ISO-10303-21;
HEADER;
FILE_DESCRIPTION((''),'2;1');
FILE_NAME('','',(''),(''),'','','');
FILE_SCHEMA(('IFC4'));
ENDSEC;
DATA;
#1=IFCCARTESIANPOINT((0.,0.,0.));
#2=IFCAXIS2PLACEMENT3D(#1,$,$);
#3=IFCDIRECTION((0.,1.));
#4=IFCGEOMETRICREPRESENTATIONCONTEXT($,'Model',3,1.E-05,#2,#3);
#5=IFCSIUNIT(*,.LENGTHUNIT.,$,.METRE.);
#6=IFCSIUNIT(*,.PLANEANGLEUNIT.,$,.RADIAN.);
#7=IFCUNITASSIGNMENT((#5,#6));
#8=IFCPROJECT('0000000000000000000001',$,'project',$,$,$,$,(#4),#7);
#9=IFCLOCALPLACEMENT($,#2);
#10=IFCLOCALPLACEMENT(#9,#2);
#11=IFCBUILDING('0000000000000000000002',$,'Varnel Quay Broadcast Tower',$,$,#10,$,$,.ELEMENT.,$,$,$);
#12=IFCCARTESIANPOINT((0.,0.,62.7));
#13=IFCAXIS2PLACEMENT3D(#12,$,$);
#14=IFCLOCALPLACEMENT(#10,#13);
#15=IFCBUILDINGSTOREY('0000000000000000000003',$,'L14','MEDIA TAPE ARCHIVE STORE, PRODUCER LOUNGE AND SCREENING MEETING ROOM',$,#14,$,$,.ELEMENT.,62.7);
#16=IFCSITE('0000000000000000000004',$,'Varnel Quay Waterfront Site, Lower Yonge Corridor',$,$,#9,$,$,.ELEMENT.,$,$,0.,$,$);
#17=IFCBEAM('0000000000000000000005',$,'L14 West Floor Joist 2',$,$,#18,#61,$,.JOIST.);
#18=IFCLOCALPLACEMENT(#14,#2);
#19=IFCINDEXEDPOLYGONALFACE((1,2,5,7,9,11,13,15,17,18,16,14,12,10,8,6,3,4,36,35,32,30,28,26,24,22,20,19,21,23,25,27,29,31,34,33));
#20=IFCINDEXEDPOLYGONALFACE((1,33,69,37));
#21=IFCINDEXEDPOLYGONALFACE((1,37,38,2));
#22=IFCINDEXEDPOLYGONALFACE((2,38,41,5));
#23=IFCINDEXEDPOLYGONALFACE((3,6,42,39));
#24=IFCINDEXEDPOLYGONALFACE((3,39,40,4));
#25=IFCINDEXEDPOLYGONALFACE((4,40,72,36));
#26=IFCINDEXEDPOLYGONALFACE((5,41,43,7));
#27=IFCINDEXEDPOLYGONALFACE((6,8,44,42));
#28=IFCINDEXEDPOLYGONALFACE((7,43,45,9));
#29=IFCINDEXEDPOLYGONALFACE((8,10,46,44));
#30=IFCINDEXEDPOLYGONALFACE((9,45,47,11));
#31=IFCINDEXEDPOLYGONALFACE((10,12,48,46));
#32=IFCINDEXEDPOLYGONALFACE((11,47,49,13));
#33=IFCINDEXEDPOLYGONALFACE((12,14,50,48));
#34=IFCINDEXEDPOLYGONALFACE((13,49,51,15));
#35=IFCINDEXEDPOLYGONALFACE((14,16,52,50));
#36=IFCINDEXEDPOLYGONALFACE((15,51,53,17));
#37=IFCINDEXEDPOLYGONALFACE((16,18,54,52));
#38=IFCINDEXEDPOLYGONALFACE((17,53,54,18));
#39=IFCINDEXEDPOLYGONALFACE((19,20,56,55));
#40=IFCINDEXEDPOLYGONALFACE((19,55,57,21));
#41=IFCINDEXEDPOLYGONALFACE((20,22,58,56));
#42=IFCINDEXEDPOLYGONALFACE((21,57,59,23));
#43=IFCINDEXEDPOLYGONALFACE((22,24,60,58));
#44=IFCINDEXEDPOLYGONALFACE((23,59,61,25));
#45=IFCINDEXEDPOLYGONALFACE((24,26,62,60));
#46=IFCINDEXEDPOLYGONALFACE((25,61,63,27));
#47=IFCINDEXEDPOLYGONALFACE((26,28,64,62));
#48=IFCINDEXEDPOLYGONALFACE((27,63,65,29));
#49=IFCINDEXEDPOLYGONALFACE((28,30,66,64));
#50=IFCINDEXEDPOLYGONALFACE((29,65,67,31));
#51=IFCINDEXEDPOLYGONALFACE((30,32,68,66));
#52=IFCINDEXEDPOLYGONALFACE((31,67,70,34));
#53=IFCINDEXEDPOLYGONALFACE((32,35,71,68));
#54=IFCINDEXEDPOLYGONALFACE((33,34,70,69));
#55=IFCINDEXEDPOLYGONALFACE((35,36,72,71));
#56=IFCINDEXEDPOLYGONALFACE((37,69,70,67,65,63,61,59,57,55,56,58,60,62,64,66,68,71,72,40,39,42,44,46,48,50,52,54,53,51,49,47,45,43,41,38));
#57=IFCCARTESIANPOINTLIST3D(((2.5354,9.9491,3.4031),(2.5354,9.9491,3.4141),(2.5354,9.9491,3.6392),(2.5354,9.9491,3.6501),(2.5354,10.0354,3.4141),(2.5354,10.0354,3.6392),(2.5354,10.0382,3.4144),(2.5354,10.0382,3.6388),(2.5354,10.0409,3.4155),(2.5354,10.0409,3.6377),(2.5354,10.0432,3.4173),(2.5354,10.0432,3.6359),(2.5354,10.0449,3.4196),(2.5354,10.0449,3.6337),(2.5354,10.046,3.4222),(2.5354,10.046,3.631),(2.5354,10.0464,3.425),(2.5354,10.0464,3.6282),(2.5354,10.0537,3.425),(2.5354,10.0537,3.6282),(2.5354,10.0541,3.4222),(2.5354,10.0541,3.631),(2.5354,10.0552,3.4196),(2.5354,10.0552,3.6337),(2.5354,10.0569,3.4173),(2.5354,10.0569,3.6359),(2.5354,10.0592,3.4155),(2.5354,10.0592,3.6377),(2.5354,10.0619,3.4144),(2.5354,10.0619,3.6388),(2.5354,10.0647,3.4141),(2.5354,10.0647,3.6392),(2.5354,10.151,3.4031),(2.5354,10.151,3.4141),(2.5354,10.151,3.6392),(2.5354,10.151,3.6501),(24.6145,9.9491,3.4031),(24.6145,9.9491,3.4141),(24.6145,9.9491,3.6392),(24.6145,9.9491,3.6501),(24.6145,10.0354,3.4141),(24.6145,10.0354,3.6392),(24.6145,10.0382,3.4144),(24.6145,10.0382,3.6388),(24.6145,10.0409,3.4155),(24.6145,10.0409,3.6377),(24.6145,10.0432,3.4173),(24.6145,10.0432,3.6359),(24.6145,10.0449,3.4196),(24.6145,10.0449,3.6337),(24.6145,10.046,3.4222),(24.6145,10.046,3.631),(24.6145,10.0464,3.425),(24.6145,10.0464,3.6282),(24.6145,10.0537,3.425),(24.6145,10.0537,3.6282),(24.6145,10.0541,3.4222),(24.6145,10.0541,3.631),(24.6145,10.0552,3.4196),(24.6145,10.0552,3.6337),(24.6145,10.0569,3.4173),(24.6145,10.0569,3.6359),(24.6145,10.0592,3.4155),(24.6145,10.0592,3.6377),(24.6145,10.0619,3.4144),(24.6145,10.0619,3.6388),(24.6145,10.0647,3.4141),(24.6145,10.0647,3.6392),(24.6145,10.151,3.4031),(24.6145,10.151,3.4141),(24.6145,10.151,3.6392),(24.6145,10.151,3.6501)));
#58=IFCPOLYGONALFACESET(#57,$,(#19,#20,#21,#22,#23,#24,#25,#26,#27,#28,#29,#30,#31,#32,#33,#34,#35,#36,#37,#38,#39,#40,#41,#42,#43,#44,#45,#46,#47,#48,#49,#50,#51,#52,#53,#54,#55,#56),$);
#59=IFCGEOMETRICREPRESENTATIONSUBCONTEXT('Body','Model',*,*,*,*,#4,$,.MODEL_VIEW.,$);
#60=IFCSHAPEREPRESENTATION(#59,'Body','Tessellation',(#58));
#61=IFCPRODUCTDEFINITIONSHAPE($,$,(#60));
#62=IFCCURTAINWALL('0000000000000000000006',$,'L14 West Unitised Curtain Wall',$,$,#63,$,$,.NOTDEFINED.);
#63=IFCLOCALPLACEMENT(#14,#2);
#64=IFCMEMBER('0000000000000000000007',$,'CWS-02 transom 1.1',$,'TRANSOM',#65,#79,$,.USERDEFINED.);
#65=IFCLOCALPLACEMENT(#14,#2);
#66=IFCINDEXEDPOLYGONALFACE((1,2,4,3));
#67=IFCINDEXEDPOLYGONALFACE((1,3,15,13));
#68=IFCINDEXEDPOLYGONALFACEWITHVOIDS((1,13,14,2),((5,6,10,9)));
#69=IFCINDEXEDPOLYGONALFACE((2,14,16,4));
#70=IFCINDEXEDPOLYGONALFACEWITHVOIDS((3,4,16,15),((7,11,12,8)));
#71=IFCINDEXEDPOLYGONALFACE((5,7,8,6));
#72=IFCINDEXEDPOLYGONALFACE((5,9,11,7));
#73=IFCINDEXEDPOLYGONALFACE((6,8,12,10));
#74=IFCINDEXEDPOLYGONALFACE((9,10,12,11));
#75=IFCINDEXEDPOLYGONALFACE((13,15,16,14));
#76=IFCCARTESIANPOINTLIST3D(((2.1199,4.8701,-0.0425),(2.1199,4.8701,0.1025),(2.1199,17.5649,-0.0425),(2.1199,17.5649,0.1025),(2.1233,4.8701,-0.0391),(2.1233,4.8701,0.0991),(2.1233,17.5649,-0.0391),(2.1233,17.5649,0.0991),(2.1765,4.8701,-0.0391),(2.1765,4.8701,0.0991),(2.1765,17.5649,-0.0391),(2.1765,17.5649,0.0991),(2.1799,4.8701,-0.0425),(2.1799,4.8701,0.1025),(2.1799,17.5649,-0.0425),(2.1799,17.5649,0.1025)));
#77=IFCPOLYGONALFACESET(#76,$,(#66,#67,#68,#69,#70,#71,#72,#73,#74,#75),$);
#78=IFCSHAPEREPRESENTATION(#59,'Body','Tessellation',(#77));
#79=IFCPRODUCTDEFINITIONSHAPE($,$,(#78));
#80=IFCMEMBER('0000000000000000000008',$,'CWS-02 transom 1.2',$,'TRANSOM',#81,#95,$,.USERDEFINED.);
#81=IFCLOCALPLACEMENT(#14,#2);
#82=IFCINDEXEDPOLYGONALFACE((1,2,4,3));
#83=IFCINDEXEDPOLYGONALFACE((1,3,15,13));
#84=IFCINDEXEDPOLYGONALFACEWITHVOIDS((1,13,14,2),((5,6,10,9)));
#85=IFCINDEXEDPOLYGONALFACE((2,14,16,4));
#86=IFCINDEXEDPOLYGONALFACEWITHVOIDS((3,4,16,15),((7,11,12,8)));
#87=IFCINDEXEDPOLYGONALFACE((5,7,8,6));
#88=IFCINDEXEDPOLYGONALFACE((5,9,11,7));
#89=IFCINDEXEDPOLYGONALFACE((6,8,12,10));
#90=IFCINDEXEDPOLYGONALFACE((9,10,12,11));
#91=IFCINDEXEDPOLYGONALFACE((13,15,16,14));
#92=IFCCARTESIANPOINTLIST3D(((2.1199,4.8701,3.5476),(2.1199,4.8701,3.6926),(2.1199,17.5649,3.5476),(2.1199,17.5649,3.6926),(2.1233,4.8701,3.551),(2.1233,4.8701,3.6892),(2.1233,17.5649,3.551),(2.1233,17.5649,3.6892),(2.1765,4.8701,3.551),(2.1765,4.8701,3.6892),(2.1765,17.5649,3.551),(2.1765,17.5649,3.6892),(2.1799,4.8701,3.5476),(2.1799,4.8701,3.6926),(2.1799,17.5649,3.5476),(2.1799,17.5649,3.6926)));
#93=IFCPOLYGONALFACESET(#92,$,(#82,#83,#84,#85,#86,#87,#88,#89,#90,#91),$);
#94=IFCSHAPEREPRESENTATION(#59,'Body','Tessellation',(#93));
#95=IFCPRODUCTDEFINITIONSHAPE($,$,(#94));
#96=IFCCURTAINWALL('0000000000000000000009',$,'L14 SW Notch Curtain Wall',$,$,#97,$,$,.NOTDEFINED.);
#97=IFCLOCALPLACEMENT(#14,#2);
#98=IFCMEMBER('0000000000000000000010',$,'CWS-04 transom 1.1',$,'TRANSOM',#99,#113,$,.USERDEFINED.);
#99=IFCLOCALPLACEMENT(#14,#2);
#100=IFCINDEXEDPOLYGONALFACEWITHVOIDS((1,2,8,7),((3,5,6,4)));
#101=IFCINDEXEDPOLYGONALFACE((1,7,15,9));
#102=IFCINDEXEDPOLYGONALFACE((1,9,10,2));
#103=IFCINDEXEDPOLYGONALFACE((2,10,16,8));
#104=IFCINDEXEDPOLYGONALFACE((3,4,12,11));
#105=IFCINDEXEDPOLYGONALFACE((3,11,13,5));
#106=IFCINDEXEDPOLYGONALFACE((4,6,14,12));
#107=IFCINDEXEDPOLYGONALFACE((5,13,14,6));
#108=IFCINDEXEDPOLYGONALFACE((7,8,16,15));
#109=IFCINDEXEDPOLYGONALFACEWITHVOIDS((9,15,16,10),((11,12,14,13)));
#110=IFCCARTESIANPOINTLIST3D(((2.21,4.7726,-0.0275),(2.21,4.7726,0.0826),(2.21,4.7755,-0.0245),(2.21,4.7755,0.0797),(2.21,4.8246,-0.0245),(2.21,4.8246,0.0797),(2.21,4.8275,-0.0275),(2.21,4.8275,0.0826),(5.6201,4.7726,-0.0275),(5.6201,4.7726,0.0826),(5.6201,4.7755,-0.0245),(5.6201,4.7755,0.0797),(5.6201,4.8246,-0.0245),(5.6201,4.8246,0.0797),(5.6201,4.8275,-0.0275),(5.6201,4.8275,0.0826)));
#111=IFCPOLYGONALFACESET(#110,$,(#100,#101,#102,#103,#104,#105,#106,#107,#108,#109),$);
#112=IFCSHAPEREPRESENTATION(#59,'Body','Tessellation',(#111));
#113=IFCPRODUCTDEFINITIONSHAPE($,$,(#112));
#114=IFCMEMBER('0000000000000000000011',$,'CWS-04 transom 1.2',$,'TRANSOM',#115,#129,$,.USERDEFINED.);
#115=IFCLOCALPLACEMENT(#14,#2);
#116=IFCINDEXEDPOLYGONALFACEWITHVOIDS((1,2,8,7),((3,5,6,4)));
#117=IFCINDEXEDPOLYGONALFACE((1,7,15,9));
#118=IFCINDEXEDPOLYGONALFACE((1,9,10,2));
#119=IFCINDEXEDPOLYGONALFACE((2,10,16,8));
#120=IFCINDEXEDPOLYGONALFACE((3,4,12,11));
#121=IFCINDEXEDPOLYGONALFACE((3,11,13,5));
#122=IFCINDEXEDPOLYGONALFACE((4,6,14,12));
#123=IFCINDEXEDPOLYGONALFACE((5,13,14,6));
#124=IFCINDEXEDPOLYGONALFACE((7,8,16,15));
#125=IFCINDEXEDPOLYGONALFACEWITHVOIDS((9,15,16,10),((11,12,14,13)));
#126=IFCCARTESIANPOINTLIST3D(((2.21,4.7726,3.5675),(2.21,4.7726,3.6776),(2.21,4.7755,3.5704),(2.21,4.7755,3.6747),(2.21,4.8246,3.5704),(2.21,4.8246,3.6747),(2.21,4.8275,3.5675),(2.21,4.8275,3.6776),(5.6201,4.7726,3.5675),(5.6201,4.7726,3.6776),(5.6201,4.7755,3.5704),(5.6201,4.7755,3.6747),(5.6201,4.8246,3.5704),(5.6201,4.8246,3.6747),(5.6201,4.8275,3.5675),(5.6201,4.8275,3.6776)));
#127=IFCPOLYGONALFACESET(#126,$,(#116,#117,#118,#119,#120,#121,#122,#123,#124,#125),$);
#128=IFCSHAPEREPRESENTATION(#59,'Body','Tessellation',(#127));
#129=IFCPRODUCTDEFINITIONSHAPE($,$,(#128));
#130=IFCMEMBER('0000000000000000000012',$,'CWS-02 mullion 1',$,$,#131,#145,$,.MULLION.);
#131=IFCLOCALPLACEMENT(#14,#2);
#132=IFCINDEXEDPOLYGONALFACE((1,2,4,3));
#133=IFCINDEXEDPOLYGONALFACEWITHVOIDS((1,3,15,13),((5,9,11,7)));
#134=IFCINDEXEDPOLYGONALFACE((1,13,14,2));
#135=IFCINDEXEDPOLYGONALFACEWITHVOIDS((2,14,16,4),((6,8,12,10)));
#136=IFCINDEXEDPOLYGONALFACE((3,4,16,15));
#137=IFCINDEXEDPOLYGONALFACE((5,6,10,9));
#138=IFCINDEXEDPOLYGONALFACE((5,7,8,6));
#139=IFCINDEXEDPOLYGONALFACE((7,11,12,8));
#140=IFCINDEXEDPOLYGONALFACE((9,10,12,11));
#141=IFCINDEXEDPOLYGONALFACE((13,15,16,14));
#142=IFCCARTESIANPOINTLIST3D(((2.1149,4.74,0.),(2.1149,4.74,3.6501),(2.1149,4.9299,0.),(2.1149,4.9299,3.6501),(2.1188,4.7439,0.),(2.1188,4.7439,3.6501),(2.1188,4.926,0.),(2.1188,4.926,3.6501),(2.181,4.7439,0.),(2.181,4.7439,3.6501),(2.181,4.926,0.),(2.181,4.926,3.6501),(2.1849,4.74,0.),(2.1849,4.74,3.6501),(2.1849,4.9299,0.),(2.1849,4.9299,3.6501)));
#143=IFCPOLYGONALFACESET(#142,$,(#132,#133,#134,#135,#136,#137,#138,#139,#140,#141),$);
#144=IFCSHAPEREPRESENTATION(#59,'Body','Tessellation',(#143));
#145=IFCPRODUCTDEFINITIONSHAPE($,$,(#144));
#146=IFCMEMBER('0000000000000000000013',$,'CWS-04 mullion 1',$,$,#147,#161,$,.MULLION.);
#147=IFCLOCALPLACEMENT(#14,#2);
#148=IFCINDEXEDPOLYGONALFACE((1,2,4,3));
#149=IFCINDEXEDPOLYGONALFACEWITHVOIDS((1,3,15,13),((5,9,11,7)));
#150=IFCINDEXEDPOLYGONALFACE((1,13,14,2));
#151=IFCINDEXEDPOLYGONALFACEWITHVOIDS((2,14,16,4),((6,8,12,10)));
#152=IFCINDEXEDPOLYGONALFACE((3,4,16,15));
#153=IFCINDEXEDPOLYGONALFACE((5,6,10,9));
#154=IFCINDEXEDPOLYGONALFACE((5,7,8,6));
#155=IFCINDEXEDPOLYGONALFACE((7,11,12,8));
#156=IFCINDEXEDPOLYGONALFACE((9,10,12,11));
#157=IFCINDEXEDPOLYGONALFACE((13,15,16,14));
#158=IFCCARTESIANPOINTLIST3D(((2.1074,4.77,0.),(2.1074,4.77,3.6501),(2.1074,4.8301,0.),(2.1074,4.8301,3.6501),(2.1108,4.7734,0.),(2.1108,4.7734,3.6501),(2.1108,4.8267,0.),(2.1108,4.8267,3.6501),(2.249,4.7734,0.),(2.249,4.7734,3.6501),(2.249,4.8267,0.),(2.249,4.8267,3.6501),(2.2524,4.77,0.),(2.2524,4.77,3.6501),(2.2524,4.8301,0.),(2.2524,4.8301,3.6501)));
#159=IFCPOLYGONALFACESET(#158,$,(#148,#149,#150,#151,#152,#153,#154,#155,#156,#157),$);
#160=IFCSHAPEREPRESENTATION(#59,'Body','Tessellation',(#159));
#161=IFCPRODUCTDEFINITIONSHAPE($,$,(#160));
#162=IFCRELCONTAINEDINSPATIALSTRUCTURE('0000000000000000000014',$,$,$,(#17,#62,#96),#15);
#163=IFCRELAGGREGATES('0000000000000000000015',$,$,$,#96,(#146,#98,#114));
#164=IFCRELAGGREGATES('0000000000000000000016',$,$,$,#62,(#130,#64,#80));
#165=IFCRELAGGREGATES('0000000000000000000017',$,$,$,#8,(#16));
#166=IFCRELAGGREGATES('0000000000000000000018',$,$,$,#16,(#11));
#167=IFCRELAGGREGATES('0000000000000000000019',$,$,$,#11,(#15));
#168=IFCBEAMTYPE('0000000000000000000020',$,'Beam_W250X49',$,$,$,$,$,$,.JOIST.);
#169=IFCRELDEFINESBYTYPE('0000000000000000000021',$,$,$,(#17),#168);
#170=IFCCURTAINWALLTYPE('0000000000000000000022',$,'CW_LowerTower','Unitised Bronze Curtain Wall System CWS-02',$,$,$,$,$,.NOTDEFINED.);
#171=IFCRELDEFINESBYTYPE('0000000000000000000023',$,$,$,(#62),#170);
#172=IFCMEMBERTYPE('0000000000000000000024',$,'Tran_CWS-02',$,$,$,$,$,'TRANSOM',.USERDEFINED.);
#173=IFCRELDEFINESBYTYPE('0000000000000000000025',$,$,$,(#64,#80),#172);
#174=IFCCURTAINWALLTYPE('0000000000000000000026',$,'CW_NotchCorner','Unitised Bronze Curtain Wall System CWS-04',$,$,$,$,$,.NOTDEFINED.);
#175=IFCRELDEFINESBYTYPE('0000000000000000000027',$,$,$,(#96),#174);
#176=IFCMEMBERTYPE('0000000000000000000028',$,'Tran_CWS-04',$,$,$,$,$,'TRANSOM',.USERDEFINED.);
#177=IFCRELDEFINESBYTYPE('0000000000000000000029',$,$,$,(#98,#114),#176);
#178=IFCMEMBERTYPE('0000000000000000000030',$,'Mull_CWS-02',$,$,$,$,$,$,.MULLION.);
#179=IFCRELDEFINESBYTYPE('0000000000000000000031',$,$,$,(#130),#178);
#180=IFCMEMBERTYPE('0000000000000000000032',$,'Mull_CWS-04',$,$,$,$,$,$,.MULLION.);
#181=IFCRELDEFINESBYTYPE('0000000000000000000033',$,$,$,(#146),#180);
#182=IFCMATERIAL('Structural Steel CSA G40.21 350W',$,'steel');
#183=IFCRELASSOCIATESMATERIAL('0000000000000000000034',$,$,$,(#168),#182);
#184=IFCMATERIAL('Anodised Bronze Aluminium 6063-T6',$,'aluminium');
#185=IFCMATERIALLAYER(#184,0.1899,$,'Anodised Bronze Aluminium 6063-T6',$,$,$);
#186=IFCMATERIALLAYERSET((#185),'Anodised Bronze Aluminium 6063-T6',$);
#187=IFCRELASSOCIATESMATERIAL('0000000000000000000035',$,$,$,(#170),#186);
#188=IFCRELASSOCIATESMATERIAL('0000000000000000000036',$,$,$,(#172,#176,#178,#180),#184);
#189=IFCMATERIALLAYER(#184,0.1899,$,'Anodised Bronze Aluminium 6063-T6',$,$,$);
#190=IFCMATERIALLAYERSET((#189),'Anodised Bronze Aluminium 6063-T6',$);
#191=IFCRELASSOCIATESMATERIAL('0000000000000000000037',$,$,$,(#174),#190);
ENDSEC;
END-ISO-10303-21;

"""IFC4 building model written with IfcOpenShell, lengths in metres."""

from ifc_helpers import new_model, si_unit, direction, frame, origin, origin_2d, place, context, subcontext, project, spatial, hollow_rectangle, i_section, extrude, source, transform, mapped, material, layer, layer_set, material_profile, profile_set, type_object, type_shapes, element, aggregate, save


model = new_model("IFC4")

# Units and contexts
model_context = context("Model", 3, precision=1e-05, world=origin(), true_north=direction((0.0, 1.0)))
body_context = subcontext(model_context, "Body", "Model", "MODEL_VIEW")
ifc_project = project(units=[si_unit("LENGTHUNIT", "METRE"), si_unit("PLANEANGLEUNIT", "RADIAN")], contexts=[model_context])

# Site, building, storey
site_placement = place(None, origin())
site = spatial("IfcSite", under=ifc_project, at=site_placement, Name="Varnel Quay Waterfront Site, Lower Yonge Corridor", CompositionType="ELEMENT", RefElevation=0.0)
building_placement = place(site_placement, origin())
building = spatial("IfcBuilding", under=site, at=building_placement, Name="Varnel Quay Broadcast Tower", CompositionType="ELEMENT")
storey_placement = place(building_placement, frame((0.0, 0.0, 62.7)))
storey = spatial("IfcBuildingStorey", under=building, at=storey_placement, Name="L14", Description="MEDIA TAPE ARCHIVE STORE, PRODUCER LOUNGE AND SCREENING MEETING ROOM", CompositionType="ELEMENT", Elevation=62.7)

# Shared definitions
ifc_material_1 = material(Name="Structural Steel CSA G40.21 350W", Category="steel")

# Beam
ifc_material_profile_1 = material_profile(ifc_material_1, i_section(OverallWidth=0.2019, OverallDepth=0.2471, WebThickness=0.0073, FlangeThickness=0.011, FilletRadius=0.011, at=origin_2d()), Name="W250X49")
ifc_profile_set_1 = profile_set([ifc_material_profile_1], Name="Structural Steel CSA G40.21 350W")
beam_type_1 = type_object("IfcBeamType", Name="Beam_W250X49", PredefinedType="JOIST", material=ifc_profile_set_1)
shared_shape_1 = source(origin(), body_context, "Body", "SweptSolid", [
    extrude(i_section(OverallWidth=0.2019, OverallDepth=0.2471, WebThickness=0.0073, FlangeThickness=0.011, FilletRadius=0.011, at=origin_2d()), origin(), (0.0, 0.0, 1.0), 22.0791),
])
type_shapes(beam_type_1, [shared_shape_1])
beam_1_placement = place(storey_placement, frame((2.5354, 10.05, 3.5266), z_axis=(1.0, 0.0, 0.0), x_axis=(0.0, 1.0, 0.0)))
element("IfcBeam", 1, at=beam_1_placement, inside=storey, type_object=beam_type_1, Name="L14 West Floor Joist 2", PredefinedType="JOIST", context=body_context, shape_type="MappedRepresentation", body=[
    mapped(shared_shape_1, transform((0.0, 0.0, 0.0), x_axis=(1.0, 0.0, 0.0), y_axis=(0.0, 1.0, 0.0), z_axis=(0.0, 0.0, 1.0), scale=1.0)),
])

# Curtain walls, members
ifc_material_2 = material(Name="Anodised Bronze Aluminium 6063-T6", Category="aluminium")
ifc_layer_1 = layer(ifc_material_2, 0.1899, Name="Anodised Bronze Aluminium 6063-T6")
ifc_layer_set_1 = layer_set([ifc_layer_1], Name="Anodised Bronze Aluminium 6063-T6")
curtain_wall_type_1 = type_object("IfcCurtainWallType", Name="CW_LowerTower", Description="Unitised Bronze Curtain Wall System CWS-02", PredefinedType="NOTDEFINED", material=ifc_layer_set_1)
curtain_wall_1_placement = place(storey_placement, origin())
curtain_wall_1 = element("IfcCurtainWall", 2, at=curtain_wall_1_placement, inside=storey, type_object=curtain_wall_type_1, Name="L14 West Unitised Curtain Wall", PredefinedType="NOTDEFINED")
ifc_material_profile_2 = material_profile(ifc_material_2, hollow_rectangle(XDim=0.0601, YDim=0.145, WallThickness=0.0034, at=origin_2d()), Name="ALU60X145X3.5")
ifc_profile_set_2 = profile_set([ifc_material_profile_2], Name="Anodised Bronze Aluminium 6063-T6")
member_type_1 = type_object("IfcMemberType", Name="Tran_CWS-02", ElementType="TRANSOM", PredefinedType="USERDEFINED", material=ifc_profile_set_2)
shared_shape_2 = source(origin(), body_context, "Body", "SweptSolid", [
    extrude(hollow_rectangle(XDim=0.0601, YDim=0.145, WallThickness=0.0034, at=origin_2d()), origin(), (0.0, 0.0, 1.0), 12.6948),
])
type_shapes(member_type_1, [shared_shape_2])
member_1_placement = place(storey_placement, frame((2.1499, 4.8701, 0.03), z_axis=(0.0, 1.0, 0.0), x_axis=(-1.0, 0.0, 0.0)))
member_1 = element("IfcMember", 3, at=member_1_placement, type_object=member_type_1, Name="CWS-02 transom 1.1", ObjectType="TRANSOM", PredefinedType="USERDEFINED", context=body_context, shape_type="MappedRepresentation", body=[
    mapped(shared_shape_2, transform((0.0, 0.0, 0.0), x_axis=(1.0, 0.0, 0.0), y_axis=(0.0, 1.0, 0.0), z_axis=(0.0, 0.0, 1.0), scale=1.0)),
])
member_2_placement = place(storey_placement, frame((2.1499, 4.8701, 3.6201), z_axis=(0.0, 1.0, 0.0), x_axis=(-1.0, 0.0, 0.0)))
member_2 = element("IfcMember", 4, at=member_2_placement, type_object=member_type_1, Name="CWS-02 transom 1.2", ObjectType="TRANSOM", PredefinedType="USERDEFINED", context=body_context, shape_type="MappedRepresentation", body=[
    mapped(shared_shape_2, transform((0.0, 0.0, 0.0), x_axis=(1.0, 0.0, 0.0), y_axis=(0.0, 1.0, 0.0), z_axis=(0.0, 0.0, 1.0), scale=1.0)),
])
ifc_layer_2 = layer(ifc_material_2, 0.1899, Name="Anodised Bronze Aluminium 6063-T6")
ifc_layer_set_2 = layer_set([ifc_layer_2], Name="Anodised Bronze Aluminium 6063-T6")
curtain_wall_type_2 = type_object("IfcCurtainWallType", Name="CW_NotchCorner", Description="Unitised Bronze Curtain Wall System CWS-04", PredefinedType="NOTDEFINED", material=ifc_layer_set_2)
curtain_wall_2_placement = place(storey_placement, origin())
curtain_wall_2 = element("IfcCurtainWall", 5, at=curtain_wall_2_placement, inside=storey, type_object=curtain_wall_type_2, Name="L14 SW Notch Curtain Wall", PredefinedType="NOTDEFINED")
ifc_material_profile_3 = material_profile(ifc_material_2, hollow_rectangle(XDim=0.0549, YDim=0.1101, WallThickness=0.0029, at=origin_2d()), Name="ALU55X110X3")
ifc_profile_set_3 = profile_set([ifc_material_profile_3], Name="Anodised Bronze Aluminium 6063-T6")
member_type_2 = type_object("IfcMemberType", Name="Tran_CWS-04", ElementType="TRANSOM", PredefinedType="USERDEFINED", material=ifc_profile_set_3)
shared_shape_3 = source(origin(), body_context, "Body", "SweptSolid", [
    extrude(hollow_rectangle(XDim=0.0549, YDim=0.1101, WallThickness=0.0029, at=origin_2d()), origin(), (0.0, 0.0, 1.0), 3.4102),
])
type_shapes(member_type_2, [shared_shape_3])
member_3_placement = place(storey_placement, frame((2.21, 4.8, 0.0276), z_axis=(1.0, 0.0, 0.0), x_axis=(0.0, 1.0, 0.0)))
member_3 = element("IfcMember", 6, at=member_3_placement, type_object=member_type_2, Name="CWS-04 transom 1.1", ObjectType="TRANSOM", PredefinedType="USERDEFINED", context=body_context, shape_type="MappedRepresentation", body=[
    mapped(shared_shape_3, transform((0.0, 0.0, 0.0), x_axis=(1.0, 0.0, 0.0), y_axis=(0.0, 1.0, 0.0), z_axis=(0.0, 0.0, 1.0), scale=1.0)),
])
member_4_placement = place(storey_placement, frame((2.21, 4.8, 3.6226), z_axis=(1.0, 0.0, 0.0), x_axis=(0.0, 1.0, 0.0)))
member_4 = element("IfcMember", 7, at=member_4_placement, type_object=member_type_2, Name="CWS-04 transom 1.2", ObjectType="TRANSOM", PredefinedType="USERDEFINED", context=body_context, shape_type="MappedRepresentation", body=[
    mapped(shared_shape_3, transform((0.0, 0.0, 0.0), x_axis=(1.0, 0.0, 0.0), y_axis=(0.0, 1.0, 0.0), z_axis=(0.0, 0.0, 1.0), scale=1.0)),
])

# Members
ifc_material_profile_4 = material_profile(ifc_material_2, hollow_rectangle(XDim=0.0701, YDim=0.1899, WallThickness=0.0039, at=origin_2d()), Name="ALU70X190X4")
ifc_profile_set_4 = profile_set([ifc_material_profile_4], Name="Anodised Bronze Aluminium 6063-T6")
member_type_3 = type_object("IfcMemberType", Name="Mull_CWS-02", PredefinedType="MULLION", material=ifc_profile_set_4)
shared_shape_4 = source(origin(), body_context, "Body", "SweptSolid", [
    extrude(hollow_rectangle(XDim=0.0701, YDim=0.1899, WallThickness=0.0039, at=origin_2d()), origin(), (0.0, 0.0, 1.0), 3.6501),
])
type_shapes(member_type_3, [shared_shape_4])
member_5_placement = place(storey_placement, frame((2.1499, 4.835, 0.0), z_axis=(0.0, 0.0, 1.0), x_axis=(-1.0, 0.0, 0.0)))
member_5 = element("IfcMember", 8, at=member_5_placement, type_object=member_type_3, Name="CWS-02 mullion 1", PredefinedType="MULLION", context=body_context, shape_type="MappedRepresentation", body=[
    mapped(shared_shape_4, transform((0.0, 0.0, 0.0), x_axis=(1.0, 0.0, 0.0), y_axis=(0.0, 1.0, 0.0), z_axis=(0.0, 0.0, 1.0), scale=1.0)),
])
ifc_material_profile_5 = material_profile(ifc_material_2, hollow_rectangle(XDim=0.0601, YDim=0.145, WallThickness=0.0034, at=origin_2d()), Name="ALU60X145X3.5")
ifc_profile_set_5 = profile_set([ifc_material_profile_5], Name="Anodised Bronze Aluminium 6063-T6")
member_type_4 = type_object("IfcMemberType", Name="Mull_CWS-04", PredefinedType="MULLION", material=ifc_profile_set_5)
shared_shape_5 = source(origin(), body_context, "Body", "SweptSolid", [
    extrude(hollow_rectangle(XDim=0.0601, YDim=0.145, WallThickness=0.0034, at=origin_2d()), origin(), (0.0, 0.0, 1.0), 3.6501),
])
type_shapes(member_type_4, [shared_shape_5])
member_6_placement = place(storey_placement, frame((2.1799, 4.8, 0.0), z_axis=(0.0, 0.0, 1.0), x_axis=(0.0, 1.0, 0.0)))
member_6 = element("IfcMember", 9, at=member_6_placement, type_object=member_type_4, Name="CWS-04 mullion 1", PredefinedType="MULLION", context=body_context, shape_type="MappedRepresentation", body=[
    mapped(shared_shape_5, transform((0.0, 0.0, 0.0), x_axis=(1.0, 0.0, 0.0), y_axis=(0.0, 1.0, 0.0), z_axis=(0.0, 0.0, 1.0), scale=1.0)),
])
aggregate(curtain_wall_2, [member_6, member_3, member_4])

aggregate(curtain_wall_1, [member_5, member_1, member_2])

save(model, "model.ifc")
